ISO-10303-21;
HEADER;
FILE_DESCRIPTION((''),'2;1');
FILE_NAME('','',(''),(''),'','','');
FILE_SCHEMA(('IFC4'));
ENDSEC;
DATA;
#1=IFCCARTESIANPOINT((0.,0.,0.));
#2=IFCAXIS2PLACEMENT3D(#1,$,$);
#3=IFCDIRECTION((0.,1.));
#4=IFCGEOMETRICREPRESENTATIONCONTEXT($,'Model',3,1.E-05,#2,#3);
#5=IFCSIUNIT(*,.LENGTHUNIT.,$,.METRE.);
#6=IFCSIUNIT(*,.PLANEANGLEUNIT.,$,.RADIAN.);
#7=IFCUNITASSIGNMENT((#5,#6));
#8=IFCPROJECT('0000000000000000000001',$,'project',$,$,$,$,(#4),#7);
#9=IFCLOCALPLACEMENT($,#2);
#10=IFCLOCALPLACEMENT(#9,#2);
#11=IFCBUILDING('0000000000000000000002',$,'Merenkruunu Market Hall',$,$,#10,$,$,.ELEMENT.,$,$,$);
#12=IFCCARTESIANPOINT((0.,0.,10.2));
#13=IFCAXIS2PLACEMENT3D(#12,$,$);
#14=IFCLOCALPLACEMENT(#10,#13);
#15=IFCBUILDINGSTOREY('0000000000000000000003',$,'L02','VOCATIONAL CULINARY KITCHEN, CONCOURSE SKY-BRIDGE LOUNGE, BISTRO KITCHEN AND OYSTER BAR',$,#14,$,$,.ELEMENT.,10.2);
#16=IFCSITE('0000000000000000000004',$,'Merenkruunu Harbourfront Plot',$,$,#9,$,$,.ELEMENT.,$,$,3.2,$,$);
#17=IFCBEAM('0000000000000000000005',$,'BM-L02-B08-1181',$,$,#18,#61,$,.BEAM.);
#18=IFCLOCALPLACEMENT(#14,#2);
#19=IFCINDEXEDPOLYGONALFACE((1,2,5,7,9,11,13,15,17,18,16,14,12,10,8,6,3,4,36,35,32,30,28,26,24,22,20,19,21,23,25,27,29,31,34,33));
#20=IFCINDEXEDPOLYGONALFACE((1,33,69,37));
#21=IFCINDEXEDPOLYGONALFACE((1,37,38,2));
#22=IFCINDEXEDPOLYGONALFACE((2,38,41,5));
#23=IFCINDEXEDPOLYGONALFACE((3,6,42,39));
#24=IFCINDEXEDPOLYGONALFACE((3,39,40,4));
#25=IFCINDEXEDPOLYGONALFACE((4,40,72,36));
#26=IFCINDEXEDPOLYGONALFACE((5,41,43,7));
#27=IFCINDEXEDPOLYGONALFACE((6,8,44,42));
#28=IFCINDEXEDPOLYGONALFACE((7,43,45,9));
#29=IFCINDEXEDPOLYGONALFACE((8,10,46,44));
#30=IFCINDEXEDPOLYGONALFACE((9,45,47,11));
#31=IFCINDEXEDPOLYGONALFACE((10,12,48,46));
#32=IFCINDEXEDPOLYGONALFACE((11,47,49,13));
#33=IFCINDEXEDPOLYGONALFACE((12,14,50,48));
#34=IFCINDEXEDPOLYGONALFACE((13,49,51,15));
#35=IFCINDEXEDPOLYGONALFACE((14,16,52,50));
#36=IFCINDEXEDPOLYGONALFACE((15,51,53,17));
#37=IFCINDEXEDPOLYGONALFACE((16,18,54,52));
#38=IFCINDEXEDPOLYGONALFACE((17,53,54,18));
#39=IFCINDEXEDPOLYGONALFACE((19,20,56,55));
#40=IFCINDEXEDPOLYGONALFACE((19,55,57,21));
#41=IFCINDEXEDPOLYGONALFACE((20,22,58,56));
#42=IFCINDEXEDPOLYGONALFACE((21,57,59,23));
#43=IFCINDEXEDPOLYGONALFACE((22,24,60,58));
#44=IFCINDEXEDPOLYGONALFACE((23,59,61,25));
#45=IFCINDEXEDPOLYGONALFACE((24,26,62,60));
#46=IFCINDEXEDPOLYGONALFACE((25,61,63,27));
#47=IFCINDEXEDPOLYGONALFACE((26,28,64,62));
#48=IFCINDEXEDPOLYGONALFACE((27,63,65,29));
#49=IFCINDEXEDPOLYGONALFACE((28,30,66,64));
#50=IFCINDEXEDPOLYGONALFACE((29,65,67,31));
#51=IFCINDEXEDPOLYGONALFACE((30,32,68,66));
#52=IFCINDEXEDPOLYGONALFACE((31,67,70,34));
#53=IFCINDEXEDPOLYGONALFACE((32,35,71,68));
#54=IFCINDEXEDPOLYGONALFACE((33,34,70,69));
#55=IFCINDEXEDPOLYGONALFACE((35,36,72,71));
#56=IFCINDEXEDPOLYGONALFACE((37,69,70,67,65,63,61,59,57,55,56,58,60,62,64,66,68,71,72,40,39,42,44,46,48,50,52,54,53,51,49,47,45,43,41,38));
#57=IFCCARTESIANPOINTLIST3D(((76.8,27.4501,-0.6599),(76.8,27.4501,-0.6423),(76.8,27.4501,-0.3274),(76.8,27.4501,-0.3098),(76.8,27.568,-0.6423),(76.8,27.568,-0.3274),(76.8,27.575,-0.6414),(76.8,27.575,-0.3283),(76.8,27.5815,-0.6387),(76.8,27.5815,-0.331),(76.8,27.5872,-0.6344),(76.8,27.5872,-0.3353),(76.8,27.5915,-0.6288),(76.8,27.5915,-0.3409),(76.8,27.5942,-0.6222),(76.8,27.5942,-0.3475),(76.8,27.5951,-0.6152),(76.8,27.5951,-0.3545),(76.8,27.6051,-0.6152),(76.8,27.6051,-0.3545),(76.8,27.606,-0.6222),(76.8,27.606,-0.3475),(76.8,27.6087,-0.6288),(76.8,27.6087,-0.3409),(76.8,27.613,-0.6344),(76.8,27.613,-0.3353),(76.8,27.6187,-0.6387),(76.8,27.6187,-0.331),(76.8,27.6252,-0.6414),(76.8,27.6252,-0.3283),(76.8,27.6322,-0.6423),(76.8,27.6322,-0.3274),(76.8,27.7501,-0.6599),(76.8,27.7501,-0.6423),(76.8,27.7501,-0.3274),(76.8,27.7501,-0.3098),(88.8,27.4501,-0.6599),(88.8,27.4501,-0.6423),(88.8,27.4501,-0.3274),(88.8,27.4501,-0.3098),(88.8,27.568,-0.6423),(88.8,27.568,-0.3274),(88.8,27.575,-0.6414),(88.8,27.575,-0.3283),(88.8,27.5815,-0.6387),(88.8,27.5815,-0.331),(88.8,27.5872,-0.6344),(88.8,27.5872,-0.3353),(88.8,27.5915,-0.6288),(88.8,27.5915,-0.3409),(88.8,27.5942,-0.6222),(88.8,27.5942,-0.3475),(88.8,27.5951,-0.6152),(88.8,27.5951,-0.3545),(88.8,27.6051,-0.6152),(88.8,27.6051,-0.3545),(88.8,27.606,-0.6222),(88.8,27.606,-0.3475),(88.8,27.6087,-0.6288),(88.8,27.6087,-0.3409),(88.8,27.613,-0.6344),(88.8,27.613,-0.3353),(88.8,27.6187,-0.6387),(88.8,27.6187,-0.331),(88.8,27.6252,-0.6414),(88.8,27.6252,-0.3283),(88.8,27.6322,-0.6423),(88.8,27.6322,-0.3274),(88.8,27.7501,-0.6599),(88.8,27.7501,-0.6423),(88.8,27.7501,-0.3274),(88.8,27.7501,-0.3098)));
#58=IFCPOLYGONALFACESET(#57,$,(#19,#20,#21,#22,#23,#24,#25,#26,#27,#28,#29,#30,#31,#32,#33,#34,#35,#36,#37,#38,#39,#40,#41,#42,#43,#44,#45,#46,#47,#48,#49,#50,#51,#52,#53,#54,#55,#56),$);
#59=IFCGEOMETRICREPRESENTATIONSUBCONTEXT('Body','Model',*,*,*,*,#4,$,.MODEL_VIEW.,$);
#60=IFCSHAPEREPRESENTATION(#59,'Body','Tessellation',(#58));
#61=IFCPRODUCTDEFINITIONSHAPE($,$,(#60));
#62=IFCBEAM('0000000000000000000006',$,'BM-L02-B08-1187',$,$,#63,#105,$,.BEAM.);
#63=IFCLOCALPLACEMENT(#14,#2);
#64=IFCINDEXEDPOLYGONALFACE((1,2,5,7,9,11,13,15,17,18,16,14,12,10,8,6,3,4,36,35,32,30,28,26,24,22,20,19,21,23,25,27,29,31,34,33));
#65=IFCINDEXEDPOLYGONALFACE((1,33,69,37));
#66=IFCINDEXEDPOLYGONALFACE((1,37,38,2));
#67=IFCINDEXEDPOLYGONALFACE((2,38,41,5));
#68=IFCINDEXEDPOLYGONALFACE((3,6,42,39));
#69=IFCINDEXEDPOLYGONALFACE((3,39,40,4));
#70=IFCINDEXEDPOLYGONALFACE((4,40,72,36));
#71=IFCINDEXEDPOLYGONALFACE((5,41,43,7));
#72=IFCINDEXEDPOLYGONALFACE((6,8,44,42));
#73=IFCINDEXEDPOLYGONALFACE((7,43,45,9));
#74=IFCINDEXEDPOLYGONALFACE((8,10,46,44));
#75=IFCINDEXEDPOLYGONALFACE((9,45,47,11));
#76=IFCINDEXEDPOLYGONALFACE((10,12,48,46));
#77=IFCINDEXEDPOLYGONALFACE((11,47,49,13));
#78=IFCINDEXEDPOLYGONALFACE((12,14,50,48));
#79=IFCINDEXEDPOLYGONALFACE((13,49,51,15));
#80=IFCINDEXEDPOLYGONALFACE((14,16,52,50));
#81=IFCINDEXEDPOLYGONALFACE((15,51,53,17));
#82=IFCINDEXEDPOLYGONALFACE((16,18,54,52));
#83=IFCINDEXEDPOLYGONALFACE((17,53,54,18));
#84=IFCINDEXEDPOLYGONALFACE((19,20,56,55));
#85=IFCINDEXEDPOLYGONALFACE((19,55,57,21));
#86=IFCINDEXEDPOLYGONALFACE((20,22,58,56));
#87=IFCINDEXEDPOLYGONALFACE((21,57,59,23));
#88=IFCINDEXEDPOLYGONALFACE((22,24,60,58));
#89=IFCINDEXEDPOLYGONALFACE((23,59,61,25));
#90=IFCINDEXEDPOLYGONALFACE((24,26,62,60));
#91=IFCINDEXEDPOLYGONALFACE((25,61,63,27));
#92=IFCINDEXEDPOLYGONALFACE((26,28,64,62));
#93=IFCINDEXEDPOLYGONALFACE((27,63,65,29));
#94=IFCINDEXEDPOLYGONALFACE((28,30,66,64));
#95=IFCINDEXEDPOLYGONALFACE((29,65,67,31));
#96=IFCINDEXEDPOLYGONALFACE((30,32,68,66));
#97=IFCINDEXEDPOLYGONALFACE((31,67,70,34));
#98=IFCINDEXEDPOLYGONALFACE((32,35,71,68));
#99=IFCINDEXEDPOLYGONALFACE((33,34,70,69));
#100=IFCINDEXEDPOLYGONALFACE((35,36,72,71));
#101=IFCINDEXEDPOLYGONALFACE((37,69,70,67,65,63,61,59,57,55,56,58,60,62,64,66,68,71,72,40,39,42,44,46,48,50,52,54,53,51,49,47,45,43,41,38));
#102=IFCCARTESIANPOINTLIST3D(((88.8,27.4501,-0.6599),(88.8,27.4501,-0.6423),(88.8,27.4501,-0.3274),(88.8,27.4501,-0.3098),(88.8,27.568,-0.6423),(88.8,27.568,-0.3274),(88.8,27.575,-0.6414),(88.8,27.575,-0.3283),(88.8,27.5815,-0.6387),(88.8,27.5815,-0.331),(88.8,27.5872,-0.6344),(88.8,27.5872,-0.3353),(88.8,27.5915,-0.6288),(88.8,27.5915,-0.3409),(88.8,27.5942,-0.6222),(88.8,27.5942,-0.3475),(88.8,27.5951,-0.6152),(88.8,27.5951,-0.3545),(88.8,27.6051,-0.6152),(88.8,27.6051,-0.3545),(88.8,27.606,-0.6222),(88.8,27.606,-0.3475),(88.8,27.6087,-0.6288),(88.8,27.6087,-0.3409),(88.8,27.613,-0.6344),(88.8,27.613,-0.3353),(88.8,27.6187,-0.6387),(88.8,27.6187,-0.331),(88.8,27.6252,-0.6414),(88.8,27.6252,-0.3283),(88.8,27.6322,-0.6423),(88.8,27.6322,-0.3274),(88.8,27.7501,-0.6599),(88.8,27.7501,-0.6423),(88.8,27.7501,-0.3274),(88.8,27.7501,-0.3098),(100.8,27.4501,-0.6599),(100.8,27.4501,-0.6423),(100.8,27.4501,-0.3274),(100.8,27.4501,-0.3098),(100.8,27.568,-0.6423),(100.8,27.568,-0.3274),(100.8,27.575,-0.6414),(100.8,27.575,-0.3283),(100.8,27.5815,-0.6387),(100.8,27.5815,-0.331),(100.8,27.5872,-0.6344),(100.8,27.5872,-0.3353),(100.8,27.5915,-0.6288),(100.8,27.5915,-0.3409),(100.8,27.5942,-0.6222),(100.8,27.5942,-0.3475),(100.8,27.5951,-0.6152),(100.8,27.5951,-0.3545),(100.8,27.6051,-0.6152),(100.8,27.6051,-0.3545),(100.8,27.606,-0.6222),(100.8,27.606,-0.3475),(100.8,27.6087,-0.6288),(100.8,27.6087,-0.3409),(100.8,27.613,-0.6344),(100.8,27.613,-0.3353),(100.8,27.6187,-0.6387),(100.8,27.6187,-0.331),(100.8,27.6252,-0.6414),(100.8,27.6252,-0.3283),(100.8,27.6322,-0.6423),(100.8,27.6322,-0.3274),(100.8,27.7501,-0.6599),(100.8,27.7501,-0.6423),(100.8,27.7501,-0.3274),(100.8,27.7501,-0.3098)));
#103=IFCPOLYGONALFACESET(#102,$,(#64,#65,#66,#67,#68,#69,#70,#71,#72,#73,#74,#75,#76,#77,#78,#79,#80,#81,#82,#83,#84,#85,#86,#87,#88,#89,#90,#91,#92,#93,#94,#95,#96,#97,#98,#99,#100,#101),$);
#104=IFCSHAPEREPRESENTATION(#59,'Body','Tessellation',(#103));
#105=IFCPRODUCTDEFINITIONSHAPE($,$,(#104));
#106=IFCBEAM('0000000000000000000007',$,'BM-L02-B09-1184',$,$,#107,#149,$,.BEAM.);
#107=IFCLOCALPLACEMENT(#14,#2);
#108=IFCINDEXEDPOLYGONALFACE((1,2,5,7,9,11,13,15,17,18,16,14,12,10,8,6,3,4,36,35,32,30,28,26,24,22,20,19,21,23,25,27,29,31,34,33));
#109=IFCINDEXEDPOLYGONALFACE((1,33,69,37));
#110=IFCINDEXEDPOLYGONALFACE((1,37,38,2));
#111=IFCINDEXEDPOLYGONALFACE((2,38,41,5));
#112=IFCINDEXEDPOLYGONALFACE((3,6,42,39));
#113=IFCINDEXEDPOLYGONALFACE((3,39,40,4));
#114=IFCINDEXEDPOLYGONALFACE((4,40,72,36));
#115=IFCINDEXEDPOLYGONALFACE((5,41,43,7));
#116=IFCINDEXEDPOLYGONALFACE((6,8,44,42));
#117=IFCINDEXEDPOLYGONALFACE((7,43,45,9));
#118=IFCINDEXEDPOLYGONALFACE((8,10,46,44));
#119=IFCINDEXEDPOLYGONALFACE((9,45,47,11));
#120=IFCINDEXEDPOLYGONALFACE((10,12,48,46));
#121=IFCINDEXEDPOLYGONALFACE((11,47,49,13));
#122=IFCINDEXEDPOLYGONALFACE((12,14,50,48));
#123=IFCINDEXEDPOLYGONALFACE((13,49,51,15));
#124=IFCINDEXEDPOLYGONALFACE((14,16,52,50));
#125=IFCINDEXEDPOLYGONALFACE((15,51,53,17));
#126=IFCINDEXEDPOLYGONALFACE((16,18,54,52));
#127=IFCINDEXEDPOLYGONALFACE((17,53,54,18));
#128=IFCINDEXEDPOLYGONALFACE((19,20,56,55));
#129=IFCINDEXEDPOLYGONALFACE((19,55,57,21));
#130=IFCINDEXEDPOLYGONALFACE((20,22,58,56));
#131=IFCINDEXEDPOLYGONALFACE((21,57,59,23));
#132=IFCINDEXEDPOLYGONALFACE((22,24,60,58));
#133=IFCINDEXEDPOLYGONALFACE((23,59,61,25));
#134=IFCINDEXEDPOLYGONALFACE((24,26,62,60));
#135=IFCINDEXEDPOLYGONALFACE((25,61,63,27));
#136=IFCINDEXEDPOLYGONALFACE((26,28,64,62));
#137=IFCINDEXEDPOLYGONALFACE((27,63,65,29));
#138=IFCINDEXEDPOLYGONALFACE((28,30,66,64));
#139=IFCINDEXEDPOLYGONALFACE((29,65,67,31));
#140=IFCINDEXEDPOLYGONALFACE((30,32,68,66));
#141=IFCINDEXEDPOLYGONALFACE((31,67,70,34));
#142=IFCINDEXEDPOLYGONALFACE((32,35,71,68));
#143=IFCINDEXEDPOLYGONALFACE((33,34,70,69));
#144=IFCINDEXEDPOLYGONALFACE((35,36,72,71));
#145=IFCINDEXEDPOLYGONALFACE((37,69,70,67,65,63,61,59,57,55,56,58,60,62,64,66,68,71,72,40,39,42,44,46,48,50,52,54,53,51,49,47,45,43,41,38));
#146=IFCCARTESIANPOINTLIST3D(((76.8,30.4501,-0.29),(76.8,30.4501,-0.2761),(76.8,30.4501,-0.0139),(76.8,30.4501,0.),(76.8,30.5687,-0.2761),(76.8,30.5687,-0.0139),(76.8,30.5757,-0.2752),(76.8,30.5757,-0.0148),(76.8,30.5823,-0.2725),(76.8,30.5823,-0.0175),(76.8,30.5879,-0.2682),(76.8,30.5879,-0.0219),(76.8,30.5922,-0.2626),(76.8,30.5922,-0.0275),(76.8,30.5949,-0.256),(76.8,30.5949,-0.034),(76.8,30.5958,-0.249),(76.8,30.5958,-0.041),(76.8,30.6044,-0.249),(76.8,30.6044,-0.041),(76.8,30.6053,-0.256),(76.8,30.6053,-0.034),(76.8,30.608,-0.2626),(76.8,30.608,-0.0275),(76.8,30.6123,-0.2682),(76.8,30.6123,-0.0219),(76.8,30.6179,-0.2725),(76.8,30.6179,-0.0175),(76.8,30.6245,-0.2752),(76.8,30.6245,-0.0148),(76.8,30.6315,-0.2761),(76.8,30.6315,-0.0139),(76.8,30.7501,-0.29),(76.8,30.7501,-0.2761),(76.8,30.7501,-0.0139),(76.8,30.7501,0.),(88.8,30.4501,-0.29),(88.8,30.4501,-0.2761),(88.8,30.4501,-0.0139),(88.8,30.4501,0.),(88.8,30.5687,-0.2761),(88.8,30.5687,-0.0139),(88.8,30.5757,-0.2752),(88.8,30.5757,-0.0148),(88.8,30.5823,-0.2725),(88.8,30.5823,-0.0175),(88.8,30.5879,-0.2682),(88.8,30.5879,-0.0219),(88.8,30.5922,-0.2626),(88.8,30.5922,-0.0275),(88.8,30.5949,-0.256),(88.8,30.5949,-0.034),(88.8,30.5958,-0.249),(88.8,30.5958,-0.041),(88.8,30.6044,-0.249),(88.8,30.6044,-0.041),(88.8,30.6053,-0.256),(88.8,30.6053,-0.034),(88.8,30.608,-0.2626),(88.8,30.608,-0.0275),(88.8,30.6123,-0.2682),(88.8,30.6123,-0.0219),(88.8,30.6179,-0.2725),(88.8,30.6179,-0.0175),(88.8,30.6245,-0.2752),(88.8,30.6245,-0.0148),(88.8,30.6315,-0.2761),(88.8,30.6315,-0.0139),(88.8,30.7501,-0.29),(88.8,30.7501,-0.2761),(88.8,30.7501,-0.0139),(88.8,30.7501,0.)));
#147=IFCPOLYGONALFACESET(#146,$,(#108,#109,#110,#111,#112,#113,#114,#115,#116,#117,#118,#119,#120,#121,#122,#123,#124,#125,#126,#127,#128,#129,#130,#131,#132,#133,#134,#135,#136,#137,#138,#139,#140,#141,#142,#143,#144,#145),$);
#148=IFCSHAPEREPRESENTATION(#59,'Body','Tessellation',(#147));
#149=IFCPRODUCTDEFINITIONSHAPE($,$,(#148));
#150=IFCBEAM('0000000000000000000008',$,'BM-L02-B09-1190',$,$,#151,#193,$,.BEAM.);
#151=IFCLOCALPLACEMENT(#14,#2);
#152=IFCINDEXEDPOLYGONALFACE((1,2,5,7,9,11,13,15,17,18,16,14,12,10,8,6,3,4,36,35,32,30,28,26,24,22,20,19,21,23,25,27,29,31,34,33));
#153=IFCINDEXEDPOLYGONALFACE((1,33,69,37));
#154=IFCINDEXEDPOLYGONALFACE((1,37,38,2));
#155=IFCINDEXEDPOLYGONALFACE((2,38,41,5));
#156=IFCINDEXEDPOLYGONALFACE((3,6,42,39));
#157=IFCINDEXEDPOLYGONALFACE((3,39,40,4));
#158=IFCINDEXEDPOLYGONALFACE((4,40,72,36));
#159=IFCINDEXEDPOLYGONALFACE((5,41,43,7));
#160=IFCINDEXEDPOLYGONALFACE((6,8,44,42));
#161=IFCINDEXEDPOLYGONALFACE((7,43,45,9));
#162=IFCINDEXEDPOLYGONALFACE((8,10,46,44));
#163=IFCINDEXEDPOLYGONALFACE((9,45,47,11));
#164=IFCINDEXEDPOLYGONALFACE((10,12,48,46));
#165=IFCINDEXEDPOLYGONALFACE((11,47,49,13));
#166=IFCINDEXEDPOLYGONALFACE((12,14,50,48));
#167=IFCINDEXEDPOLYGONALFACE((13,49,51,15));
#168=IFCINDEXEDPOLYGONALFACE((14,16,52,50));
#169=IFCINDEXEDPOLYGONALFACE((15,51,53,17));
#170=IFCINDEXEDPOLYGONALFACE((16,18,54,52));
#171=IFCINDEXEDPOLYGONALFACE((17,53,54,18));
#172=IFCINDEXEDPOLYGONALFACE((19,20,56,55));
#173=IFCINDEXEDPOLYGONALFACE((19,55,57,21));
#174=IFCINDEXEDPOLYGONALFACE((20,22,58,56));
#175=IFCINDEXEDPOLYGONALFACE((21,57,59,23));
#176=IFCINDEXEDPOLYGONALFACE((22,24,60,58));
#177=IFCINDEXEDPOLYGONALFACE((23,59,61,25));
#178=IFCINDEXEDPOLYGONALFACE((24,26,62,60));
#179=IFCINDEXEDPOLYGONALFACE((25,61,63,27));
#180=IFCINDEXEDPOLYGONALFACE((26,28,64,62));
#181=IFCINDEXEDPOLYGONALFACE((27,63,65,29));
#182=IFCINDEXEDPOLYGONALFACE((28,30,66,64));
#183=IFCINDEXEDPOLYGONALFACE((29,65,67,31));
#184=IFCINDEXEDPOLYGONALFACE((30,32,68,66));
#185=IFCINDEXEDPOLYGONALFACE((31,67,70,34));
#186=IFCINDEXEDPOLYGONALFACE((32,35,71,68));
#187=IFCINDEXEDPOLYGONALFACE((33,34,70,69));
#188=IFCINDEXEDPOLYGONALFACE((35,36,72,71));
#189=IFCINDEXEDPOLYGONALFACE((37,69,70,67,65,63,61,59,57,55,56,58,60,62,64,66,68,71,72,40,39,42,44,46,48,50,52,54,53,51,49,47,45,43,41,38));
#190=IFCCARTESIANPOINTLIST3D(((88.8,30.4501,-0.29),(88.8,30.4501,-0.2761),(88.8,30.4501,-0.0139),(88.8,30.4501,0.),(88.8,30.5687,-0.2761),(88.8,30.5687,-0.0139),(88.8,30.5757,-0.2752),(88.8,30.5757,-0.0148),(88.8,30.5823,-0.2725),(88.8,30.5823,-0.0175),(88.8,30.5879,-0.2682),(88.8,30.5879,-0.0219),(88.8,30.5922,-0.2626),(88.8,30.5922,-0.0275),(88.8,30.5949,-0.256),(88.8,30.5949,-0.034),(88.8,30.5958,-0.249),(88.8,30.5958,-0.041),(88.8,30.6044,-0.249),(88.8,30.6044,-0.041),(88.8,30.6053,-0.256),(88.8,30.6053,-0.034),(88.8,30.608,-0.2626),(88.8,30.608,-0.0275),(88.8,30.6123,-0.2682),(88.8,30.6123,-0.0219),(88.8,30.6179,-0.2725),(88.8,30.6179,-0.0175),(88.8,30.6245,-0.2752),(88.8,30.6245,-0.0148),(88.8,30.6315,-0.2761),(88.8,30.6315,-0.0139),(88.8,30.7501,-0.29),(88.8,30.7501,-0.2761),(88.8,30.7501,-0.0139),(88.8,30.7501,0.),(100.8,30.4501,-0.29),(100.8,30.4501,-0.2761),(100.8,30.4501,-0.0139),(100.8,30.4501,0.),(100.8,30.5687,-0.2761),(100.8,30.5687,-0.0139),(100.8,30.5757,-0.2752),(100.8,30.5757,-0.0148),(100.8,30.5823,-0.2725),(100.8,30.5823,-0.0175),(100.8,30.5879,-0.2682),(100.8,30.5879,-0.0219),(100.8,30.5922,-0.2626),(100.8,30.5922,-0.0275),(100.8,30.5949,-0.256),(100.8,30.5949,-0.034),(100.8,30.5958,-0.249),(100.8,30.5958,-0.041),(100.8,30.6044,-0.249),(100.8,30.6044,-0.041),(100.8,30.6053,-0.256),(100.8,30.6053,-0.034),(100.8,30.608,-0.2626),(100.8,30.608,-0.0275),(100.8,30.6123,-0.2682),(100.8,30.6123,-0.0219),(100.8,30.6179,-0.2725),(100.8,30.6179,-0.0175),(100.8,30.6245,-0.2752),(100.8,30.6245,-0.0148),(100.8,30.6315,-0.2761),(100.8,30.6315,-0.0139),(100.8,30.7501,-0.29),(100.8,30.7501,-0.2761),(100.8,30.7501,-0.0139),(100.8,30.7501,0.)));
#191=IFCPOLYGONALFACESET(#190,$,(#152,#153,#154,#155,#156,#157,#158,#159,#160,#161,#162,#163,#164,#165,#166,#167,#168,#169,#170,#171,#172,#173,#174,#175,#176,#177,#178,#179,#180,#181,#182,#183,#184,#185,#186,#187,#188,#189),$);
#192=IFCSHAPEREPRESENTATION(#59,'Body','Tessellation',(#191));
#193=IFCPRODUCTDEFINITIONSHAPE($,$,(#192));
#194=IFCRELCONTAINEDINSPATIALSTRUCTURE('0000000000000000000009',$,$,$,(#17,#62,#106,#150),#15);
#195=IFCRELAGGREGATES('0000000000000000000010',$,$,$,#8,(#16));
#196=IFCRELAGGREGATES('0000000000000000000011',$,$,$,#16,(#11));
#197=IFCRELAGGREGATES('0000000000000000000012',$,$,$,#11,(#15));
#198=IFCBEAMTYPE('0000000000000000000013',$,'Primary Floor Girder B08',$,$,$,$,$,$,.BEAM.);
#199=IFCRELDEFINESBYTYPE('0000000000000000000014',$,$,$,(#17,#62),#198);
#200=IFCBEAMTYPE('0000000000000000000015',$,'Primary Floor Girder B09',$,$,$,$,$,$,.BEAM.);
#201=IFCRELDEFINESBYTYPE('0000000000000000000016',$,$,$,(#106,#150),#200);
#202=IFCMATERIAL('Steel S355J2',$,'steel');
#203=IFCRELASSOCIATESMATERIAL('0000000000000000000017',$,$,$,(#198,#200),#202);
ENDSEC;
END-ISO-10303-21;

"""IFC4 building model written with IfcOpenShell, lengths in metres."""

from ifc_helpers import new_model, si_unit, direction, frame, origin, origin_2d, place, context, subcontext, project, spatial, i_section, extrude, material, material_profile, profile_set, type_object, element, save


model = new_model("IFC4")

# Units and contexts
model_context = context("Model", 3, precision=1e-05, world=origin(), true_north=direction((0.0, 1.0)))
body_context = subcontext(model_context, "Body", "Model", "MODEL_VIEW")
ifc_project = project(units=[si_unit("LENGTHUNIT", "METRE"), si_unit("PLANEANGLEUNIT", "RADIAN")], contexts=[model_context])

# Site, building, storey
site_placement = place(None, origin())
site = spatial("IfcSite", under=ifc_project, at=site_placement, Name="Merenkruunu Harbourfront Plot", CompositionType="ELEMENT", RefElevation=3.2)
building_placement = place(site_placement, origin())
building = spatial("IfcBuilding", under=site, at=building_placement, Name="Merenkruunu Market Hall", CompositionType="ELEMENT")
storey_placement = place(building_placement, frame((0.0, 0.0, 10.2)))
storey = spatial("IfcBuildingStorey", under=building, at=storey_placement, Name="L02", Description="VOCATIONAL CULINARY KITCHEN, CONCOURSE SKY-BRIDGE LOUNGE, BISTRO KITCHEN AND OYSTER BAR", CompositionType="ELEMENT", Elevation=10.2)

# Beams
ifc_material_1 = material(Name="Steel S355J2", Category="steel")
ifc_material_profile_1 = material_profile(ifc_material_1, i_section(OverallWidth=0.3, OverallDepth=0.3501, WebThickness=0.01, FlangeThickness=0.0176, FilletRadius=0.0271, at=origin_2d()), Name="HEA 360")
ifc_profile_set_1 = profile_set([ifc_material_profile_1], Name="Steel S355J2")
beam_type_1 = type_object("IfcBeamType", Name="Primary Floor Girder B08", PredefinedType="BEAM", material=ifc_profile_set_1)
for number, where, z_axis, x_axis, name in (
    (1, (76.8, 27.6001, -0.4849), (1.0, 0.0, 0.0), (0.0, 1.0, 0.0), "BM-L02-B08-1181"),
    (2, (88.8, 27.6001, -0.4849), (1.0, 0.0, 0.0), (0.0, 1.0, 0.0), "BM-L02-B08-1187"),
):
    element("IfcBeam", number, at=place(storey_placement, frame(where, z_axis=z_axis, x_axis=x_axis)), inside=storey, type_object=beam_type_1, Name=name, PredefinedType="BEAM", context=body_context, shape_type="SweptSolid", body=[
        extrude(i_section(OverallWidth=0.3, OverallDepth=0.3501, WebThickness=0.01, FlangeThickness=0.0176, FilletRadius=0.0271, at=origin_2d()), origin(), (0.0, 0.0, 1.0), 12.0),
    ])
ifc_material_profile_2 = material_profile(ifc_material_1, i_section(OverallWidth=0.3, OverallDepth=0.29, WebThickness=0.0085, FlangeThickness=0.0139, FilletRadius=0.0271, at=origin_2d()), Name="HEA 300")
ifc_profile_set_2 = profile_set([ifc_material_profile_2], Name="Steel S355J2")
beam_type_2 = type_object("IfcBeamType", Name="Primary Floor Girder B09", PredefinedType="BEAM", material=ifc_profile_set_2)
for number, where, z_axis, x_axis, name in (
    (3, (76.8, 30.6001, -0.145), (1.0, 0.0, 0.0), (0.0, 1.0, 0.0), "BM-L02-B09-1184"),
    (4, (88.8, 30.6001, -0.145), (1.0, 0.0, 0.0), (0.0, 1.0, 0.0), "BM-L02-B09-1190"),
):
    element("IfcBeam", number, at=place(storey_placement, frame(where, z_axis=z_axis, x_axis=x_axis)), inside=storey, type_object=beam_type_2, Name=name, PredefinedType="BEAM", context=body_context, shape_type="SweptSolid", body=[
        extrude(i_section(OverallWidth=0.3, OverallDepth=0.29, WebThickness=0.0085, FlangeThickness=0.0139, FilletRadius=0.0271, at=origin_2d()), origin(), (0.0, 0.0, 1.0), 12.0),
    ])

save(model, "model.ifc")
